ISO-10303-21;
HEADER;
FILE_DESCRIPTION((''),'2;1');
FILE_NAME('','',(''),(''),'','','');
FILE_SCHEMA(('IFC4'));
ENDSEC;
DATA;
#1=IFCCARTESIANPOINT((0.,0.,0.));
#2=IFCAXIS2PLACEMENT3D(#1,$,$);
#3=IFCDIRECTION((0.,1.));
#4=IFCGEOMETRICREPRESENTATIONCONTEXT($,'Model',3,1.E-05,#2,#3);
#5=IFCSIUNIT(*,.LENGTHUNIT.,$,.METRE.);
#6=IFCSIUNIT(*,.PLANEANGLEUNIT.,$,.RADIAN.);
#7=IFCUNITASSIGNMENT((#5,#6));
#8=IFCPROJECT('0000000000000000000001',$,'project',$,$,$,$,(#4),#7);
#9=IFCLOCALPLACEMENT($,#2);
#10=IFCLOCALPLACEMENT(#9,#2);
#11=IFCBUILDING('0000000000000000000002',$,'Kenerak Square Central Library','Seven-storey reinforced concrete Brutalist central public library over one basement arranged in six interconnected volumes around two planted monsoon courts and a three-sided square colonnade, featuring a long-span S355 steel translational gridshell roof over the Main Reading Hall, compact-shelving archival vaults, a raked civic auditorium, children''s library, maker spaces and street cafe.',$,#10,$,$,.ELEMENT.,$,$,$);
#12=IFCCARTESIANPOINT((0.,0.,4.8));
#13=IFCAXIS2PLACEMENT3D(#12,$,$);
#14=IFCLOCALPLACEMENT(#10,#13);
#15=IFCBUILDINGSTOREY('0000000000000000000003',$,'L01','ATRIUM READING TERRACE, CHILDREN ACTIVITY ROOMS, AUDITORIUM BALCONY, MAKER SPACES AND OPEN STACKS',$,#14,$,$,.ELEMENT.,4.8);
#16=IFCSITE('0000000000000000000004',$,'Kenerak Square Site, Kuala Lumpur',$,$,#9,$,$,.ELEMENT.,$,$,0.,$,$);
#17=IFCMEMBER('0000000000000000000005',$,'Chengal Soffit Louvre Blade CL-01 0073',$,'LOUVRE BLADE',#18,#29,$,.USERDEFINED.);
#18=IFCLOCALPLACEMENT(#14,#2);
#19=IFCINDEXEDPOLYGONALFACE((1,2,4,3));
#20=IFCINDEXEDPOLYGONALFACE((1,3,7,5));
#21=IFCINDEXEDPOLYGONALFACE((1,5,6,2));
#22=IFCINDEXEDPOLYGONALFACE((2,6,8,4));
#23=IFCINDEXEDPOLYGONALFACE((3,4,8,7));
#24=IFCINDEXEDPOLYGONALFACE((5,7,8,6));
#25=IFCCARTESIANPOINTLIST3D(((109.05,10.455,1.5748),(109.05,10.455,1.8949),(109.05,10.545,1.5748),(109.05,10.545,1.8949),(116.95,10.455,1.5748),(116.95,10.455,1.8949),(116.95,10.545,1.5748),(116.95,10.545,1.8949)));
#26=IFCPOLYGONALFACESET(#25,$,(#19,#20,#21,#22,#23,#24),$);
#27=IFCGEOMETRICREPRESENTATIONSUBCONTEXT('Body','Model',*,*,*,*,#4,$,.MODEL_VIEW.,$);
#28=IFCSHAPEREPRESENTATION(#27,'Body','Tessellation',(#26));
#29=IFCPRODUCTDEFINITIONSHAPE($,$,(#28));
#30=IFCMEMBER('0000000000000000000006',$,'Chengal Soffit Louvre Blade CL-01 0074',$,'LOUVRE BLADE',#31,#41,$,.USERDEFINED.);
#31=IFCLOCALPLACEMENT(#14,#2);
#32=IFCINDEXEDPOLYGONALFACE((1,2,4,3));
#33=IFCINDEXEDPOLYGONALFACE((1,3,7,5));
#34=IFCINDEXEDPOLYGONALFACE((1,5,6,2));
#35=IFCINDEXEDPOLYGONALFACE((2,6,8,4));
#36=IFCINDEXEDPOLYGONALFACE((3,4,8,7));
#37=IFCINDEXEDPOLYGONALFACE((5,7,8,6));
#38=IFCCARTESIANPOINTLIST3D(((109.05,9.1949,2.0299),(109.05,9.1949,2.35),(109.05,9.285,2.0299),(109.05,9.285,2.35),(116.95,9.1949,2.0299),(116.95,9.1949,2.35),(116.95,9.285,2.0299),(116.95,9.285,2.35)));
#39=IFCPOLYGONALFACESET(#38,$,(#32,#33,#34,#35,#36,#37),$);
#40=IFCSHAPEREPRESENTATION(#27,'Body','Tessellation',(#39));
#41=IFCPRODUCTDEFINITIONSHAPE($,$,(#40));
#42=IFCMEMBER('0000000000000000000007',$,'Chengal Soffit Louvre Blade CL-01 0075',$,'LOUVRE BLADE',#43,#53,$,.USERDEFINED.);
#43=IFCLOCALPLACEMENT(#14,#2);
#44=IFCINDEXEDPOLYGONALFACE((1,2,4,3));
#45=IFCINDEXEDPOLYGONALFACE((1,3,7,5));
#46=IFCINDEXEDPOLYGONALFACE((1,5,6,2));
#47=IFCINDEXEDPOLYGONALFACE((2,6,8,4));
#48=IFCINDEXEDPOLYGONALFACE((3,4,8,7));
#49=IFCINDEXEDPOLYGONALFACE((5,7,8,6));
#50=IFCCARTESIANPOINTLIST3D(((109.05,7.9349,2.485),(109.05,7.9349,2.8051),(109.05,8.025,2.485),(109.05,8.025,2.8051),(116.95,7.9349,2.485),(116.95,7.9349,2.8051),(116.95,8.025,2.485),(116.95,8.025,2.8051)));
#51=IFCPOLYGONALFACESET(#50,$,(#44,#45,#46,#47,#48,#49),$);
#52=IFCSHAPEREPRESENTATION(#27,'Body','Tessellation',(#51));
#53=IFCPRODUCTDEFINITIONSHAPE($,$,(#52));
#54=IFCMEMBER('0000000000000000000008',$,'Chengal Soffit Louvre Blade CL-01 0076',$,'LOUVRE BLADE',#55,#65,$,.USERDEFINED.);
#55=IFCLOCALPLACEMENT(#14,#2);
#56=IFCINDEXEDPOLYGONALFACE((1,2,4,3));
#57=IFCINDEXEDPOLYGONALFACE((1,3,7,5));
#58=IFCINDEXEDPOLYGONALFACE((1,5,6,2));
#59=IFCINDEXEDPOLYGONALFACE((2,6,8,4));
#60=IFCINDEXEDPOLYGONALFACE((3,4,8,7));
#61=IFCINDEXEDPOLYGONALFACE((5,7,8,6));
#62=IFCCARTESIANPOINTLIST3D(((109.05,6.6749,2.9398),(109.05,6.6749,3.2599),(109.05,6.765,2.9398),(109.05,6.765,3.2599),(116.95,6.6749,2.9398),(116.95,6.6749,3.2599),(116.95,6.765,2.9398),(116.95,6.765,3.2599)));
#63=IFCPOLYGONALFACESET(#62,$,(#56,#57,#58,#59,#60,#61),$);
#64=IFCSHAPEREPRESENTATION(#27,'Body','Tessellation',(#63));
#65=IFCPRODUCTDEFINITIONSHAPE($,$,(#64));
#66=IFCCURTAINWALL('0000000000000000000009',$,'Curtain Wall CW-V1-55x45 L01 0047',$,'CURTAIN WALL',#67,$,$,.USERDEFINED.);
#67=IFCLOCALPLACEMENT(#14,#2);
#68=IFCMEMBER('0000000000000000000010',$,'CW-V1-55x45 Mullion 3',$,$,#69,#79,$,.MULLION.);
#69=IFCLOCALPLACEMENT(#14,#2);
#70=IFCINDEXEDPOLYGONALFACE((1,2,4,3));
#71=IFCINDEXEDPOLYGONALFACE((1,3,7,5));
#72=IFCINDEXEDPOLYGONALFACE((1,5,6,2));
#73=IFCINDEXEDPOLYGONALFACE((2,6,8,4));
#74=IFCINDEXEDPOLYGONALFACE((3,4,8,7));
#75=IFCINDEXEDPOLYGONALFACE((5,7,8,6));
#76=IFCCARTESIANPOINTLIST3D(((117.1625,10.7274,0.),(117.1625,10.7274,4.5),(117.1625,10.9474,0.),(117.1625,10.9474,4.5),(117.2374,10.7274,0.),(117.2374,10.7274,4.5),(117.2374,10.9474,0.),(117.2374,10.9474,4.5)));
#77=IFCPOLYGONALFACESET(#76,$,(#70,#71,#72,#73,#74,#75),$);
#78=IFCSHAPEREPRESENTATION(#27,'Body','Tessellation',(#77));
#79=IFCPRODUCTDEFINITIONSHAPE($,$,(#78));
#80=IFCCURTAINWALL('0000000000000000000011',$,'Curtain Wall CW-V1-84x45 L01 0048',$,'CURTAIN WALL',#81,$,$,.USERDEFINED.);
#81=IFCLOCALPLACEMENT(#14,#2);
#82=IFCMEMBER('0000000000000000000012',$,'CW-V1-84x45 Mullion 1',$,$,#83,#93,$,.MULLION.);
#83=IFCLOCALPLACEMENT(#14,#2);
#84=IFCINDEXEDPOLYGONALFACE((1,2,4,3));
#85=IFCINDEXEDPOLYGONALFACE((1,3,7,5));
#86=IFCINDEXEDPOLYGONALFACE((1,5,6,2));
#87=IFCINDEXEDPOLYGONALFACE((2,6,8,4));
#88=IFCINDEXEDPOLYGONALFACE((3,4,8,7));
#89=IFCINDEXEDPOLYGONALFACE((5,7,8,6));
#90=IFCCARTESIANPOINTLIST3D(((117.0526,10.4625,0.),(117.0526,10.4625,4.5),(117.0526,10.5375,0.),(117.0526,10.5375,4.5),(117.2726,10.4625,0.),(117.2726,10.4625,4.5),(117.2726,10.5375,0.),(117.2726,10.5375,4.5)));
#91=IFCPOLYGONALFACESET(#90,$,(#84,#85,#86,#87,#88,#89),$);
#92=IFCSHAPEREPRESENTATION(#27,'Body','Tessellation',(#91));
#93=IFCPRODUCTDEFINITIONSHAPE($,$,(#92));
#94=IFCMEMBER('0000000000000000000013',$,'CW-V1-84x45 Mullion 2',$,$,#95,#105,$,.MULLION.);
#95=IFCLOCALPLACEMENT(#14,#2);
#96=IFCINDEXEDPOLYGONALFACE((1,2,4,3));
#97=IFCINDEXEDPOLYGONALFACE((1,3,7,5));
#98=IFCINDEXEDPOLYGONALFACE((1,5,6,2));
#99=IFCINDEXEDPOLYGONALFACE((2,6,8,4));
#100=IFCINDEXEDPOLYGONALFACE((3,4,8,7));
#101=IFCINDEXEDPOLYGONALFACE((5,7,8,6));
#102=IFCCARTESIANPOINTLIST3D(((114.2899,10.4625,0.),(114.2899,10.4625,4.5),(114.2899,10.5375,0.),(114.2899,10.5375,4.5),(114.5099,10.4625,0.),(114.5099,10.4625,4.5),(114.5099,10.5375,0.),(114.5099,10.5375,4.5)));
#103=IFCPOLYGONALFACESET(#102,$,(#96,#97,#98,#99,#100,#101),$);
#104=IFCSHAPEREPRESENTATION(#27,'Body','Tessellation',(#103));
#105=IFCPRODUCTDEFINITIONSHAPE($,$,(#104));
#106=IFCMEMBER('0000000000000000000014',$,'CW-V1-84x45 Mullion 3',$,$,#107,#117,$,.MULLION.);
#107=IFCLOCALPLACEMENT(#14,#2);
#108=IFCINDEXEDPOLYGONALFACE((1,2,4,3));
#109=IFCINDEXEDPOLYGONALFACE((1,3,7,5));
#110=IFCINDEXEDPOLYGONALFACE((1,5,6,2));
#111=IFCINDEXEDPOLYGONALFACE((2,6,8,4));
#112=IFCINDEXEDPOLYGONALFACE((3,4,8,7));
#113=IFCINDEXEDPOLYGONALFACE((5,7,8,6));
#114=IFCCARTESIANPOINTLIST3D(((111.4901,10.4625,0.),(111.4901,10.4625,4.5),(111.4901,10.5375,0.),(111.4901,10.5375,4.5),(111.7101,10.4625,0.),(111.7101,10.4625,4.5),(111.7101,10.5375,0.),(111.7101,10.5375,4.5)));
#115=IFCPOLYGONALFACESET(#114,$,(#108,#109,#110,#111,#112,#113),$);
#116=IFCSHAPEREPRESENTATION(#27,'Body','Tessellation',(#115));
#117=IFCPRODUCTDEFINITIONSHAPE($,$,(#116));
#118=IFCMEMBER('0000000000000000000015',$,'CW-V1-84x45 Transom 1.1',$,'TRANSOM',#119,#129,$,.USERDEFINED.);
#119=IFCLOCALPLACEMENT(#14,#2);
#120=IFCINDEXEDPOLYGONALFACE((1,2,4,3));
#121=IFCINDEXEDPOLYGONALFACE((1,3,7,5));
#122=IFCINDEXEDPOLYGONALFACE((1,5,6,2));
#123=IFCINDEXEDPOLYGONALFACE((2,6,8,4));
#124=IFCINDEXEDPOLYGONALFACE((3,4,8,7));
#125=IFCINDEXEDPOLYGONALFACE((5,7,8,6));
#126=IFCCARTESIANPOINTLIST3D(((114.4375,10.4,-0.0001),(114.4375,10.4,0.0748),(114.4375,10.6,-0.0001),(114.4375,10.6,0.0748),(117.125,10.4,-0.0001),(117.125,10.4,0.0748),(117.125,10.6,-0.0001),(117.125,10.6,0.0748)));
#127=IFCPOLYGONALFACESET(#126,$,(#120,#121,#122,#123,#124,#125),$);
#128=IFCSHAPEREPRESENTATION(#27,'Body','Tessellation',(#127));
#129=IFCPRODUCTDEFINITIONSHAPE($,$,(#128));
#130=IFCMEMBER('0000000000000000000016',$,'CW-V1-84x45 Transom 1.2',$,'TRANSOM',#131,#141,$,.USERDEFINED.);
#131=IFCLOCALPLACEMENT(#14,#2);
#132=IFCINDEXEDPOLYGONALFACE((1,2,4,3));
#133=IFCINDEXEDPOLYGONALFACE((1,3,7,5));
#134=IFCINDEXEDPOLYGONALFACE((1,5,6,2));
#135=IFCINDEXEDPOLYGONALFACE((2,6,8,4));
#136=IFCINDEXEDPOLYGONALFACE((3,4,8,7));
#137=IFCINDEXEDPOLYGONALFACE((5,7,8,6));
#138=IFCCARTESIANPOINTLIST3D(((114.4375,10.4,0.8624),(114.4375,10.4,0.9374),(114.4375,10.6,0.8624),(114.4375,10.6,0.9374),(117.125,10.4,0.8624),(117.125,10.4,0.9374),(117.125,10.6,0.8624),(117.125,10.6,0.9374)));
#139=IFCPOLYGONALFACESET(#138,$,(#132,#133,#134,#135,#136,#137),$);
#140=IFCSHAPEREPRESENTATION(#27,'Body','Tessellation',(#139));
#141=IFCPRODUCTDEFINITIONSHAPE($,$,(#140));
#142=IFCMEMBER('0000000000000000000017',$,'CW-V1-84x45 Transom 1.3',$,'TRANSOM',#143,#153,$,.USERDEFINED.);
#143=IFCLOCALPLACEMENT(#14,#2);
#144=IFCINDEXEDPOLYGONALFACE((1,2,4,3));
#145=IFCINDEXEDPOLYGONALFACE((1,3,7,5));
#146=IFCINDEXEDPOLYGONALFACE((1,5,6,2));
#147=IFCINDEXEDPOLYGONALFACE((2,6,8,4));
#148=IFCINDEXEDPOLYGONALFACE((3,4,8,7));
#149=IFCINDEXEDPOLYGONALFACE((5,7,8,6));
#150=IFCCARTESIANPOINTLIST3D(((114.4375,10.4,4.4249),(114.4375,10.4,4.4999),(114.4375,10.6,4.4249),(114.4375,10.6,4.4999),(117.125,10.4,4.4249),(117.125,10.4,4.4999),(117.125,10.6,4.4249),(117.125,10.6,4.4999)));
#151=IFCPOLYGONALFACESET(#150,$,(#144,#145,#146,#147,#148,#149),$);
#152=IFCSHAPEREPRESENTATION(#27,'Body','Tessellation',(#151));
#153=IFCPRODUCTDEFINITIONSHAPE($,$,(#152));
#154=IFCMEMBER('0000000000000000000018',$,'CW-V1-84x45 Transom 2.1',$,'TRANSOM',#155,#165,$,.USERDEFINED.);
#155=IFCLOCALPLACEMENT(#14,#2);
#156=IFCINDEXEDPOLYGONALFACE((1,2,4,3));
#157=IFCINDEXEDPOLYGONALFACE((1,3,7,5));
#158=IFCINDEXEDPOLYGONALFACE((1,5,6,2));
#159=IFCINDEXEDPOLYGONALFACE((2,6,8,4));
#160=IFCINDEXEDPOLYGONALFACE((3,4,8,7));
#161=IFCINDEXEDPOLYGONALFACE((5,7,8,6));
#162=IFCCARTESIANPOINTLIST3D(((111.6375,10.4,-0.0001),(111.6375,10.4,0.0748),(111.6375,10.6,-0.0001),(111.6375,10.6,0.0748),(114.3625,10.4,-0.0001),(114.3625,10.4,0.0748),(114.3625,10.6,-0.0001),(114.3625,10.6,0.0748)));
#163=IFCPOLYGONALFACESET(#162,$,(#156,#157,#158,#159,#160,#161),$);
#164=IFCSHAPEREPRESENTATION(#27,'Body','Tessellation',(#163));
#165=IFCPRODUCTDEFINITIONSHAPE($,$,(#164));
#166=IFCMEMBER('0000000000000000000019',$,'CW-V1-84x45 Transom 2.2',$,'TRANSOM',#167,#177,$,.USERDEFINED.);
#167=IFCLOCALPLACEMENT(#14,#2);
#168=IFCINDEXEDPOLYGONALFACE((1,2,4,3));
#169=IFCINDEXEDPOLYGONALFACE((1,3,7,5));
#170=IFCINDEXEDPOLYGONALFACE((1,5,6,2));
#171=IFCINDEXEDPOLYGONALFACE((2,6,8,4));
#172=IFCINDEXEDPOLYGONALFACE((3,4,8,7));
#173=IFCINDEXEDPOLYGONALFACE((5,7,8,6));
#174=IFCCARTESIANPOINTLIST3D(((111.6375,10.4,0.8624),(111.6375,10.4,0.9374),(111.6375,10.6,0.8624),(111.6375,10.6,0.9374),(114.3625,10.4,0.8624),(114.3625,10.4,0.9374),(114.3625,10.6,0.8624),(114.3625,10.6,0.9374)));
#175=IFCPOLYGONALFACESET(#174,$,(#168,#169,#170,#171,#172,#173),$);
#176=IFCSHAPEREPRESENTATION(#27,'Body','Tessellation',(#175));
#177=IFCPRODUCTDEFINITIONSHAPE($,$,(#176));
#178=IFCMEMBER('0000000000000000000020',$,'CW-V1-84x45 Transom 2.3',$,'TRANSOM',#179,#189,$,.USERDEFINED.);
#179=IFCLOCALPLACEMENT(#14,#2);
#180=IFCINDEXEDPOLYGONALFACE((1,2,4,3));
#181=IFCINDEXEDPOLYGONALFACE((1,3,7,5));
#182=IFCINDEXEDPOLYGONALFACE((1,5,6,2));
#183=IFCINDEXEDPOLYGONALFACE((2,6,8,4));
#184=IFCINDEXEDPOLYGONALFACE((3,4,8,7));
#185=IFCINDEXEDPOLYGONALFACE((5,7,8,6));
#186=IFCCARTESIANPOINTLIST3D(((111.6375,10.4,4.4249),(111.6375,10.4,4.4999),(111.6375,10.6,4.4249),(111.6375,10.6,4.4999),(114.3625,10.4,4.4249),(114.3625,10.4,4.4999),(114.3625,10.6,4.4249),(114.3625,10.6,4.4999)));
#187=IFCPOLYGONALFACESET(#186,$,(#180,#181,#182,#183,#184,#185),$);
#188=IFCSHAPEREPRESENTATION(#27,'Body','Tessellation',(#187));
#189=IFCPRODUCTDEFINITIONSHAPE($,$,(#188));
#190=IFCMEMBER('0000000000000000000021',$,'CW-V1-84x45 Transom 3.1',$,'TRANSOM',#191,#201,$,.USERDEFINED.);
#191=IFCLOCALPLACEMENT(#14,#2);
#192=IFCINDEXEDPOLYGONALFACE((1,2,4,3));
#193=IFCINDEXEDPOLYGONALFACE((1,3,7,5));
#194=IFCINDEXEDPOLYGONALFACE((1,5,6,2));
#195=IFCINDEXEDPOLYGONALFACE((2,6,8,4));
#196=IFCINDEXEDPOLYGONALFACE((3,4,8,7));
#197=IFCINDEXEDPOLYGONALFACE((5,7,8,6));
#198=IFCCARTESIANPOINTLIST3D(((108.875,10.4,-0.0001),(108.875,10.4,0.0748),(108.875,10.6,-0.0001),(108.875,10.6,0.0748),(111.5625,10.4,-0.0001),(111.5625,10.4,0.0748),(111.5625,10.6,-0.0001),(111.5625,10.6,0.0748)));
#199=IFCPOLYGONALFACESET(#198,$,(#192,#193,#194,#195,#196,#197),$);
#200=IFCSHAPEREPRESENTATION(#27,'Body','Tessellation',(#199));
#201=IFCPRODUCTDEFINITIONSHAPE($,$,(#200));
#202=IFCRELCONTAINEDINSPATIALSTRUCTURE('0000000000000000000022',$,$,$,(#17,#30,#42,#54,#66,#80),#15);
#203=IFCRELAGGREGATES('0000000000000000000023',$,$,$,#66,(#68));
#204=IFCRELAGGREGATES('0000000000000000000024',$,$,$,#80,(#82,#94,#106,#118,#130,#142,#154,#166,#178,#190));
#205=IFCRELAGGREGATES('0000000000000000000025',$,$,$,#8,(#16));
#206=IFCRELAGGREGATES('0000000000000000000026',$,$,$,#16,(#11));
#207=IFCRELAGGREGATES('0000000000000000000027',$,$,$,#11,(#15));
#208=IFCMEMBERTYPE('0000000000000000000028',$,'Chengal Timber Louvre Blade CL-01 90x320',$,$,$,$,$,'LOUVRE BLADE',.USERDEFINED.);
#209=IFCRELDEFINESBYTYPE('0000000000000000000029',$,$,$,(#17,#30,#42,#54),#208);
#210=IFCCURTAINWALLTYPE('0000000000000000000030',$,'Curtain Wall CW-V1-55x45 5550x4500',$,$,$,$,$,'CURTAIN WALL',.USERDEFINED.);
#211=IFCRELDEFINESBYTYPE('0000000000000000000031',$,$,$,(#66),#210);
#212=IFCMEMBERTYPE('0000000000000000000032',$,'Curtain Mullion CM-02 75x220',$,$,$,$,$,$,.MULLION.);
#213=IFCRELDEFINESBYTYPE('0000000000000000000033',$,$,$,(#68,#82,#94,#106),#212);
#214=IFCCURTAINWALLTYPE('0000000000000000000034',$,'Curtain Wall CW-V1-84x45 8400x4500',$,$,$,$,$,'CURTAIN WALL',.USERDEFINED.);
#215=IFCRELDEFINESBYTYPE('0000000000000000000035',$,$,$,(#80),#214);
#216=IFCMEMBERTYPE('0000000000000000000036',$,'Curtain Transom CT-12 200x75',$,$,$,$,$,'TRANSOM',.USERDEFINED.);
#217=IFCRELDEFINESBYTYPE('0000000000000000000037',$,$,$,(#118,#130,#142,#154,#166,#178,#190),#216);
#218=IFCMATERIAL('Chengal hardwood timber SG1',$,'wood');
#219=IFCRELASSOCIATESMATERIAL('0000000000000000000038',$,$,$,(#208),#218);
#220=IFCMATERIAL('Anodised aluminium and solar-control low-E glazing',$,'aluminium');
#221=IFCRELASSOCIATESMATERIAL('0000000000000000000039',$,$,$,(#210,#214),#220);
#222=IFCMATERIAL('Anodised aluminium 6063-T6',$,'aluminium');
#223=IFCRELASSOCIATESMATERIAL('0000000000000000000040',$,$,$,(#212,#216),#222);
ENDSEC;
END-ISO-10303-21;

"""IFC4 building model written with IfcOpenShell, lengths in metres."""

from ifc_helpers import new_model, si_unit, direction, frame, origin, origin_2d, place, context, subcontext, project, spatial, rectangle, extrude, material, material_profile, profile_set, type_object, element, aggregate, save


model = new_model("IFC4")

# Units and contexts
model_context = context("Model", 3, precision=1e-05, world=origin(), true_north=direction((0.0, 1.0)))
body_context = subcontext(model_context, "Body", "Model", "MODEL_VIEW")
ifc_project = project(units=[si_unit("LENGTHUNIT", "METRE"), si_unit("PLANEANGLEUNIT", "RADIAN")], contexts=[model_context])

# Site, building, storey
site_placement = place(None, origin())
site = spatial("IfcSite", under=ifc_project, at=site_placement, Name="Kenerak Square Site, Kuala Lumpur", CompositionType="ELEMENT", RefElevation=0.0)
building_placement = place(site_placement, origin())
building = spatial("IfcBuilding", under=site, at=building_placement, Name="Kenerak Square Central Library", Description="Seven-storey reinforced concrete Brutalist central public library over one basement arranged in six interconnected volumes around two planted monsoon courts and a three-sided square colonnade, featuring a long-span S355 steel translational gridshell roof over the Main Reading Hall, compact-shelving archival vaults, a raked civic auditorium, children's library, maker spaces and street cafe.", CompositionType="ELEMENT")
storey_placement = place(building_placement, frame((0.0, 0.0, 4.8)))
storey = spatial("IfcBuildingStorey", under=building, at=storey_placement, Name="L01", Description="ATRIUM READING TERRACE, CHILDREN ACTIVITY ROOMS, AUDITORIUM BALCONY, MAKER SPACES AND OPEN STACKS", CompositionType="ELEMENT", Elevation=4.8)

# Members
ifc_material_1 = material(Name="Chengal hardwood timber SG1", Category="wood")
ifc_material_profile_1 = material_profile(ifc_material_1, rectangle(XDim=0.0901, YDim=0.3201, at=origin_2d()), Name="CHENGAL 90x320")
ifc_profile_set_1 = profile_set([ifc_material_profile_1], Name="Chengal hardwood timber SG1")
member_type_1 = type_object("IfcMemberType", Name="Chengal Timber Louvre Blade CL-01 90x320", ElementType="LOUVRE BLADE", PredefinedType="USERDEFINED", material=ifc_profile_set_1)
for number, where, z_axis, x_axis, name in (
    (1, (109.05, 10.5, 1.7349), (1.0, 0.0, 0.0), (0.0, 1.0, 0.0), "Chengal Soffit Louvre Blade CL-01 0073"),
    (2, (109.05, 9.24, 2.1899), (1.0, 0.0, 0.0), (0.0, 1.0, 0.0), "Chengal Soffit Louvre Blade CL-01 0074"),
    (3, (109.05, 7.98, 2.645), (1.0, 0.0, 0.0), (0.0, 1.0, 0.0), "Chengal Soffit Louvre Blade CL-01 0075"),
    (4, (109.05, 6.72, 3.0999), (1.0, 0.0, 0.0), (0.0, 1.0, 0.0), "Chengal Soffit Louvre Blade CL-01 0076"),
):
    element("IfcMember", number, at=place(storey_placement, frame(where, z_axis=z_axis, x_axis=x_axis)), inside=storey, type_object=member_type_1, Name=name, ObjectType="LOUVRE BLADE", PredefinedType="USERDEFINED", context=body_context, shape_type="SweptSolid", body=[
        extrude(rectangle(XDim=0.0901, YDim=0.3201, at=origin_2d()), origin(), (0.0, 0.0, 1.0), 7.8999),
    ])

# Curtain wall, member
ifc_material_2 = material(Name="Anodised aluminium and solar-control low-E glazing", Category="aluminium")
curtain_wall_type_1 = type_object("IfcCurtainWallType", Name="Curtain Wall CW-V1-55x45 5550x4500", ElementType="CURTAIN WALL", PredefinedType="USERDEFINED", material=ifc_material_2)
curtain_wall_1_placement = place(storey_placement, origin())
curtain_wall_1 = element("IfcCurtainWall", 5, at=curtain_wall_1_placement, inside=storey, type_object=curtain_wall_type_1, Name="Curtain Wall CW-V1-55x45 L01 0047", ObjectType="CURTAIN WALL", PredefinedType="USERDEFINED")
ifc_material_3 = material(Name="Anodised aluminium 6063-T6", Category="aluminium")
ifc_material_profile_2 = material_profile(ifc_material_3, rectangle(XDim=0.075, YDim=0.22, at=origin_2d()), Name="AL MULLION 75x220")
ifc_profile_set_2 = profile_set([ifc_material_profile_2], Name="Anodised aluminium 6063-T6")
member_type_2 = type_object("IfcMemberType", Name="Curtain Mullion CM-02 75x220", PredefinedType="MULLION", material=ifc_profile_set_2)
member_1_placement = place(storey_placement, frame((117.2, 10.8374, 0.0), z_axis=(0.0, 0.0, 1.0), x_axis=(1.0, 0.0, 0.0)))
member_1 = element("IfcMember", 6, at=member_1_placement, type_object=member_type_2, Name="CW-V1-55x45 Mullion 3", PredefinedType="MULLION", context=body_context, shape_type="SweptSolid", body=[
    extrude(rectangle(XDim=0.075, YDim=0.22, at=origin_2d()), origin(), (0.0, 0.0, 1.0), 4.5),
])
aggregate(curtain_wall_1, [member_1])

# Curtain wall, members
curtain_wall_type_2 = type_object("IfcCurtainWallType", Name="Curtain Wall CW-V1-84x45 8400x4500", ElementType="CURTAIN WALL", PredefinedType="USERDEFINED", material=ifc_material_2)
curtain_wall_2_placement = place(storey_placement, origin())
curtain_wall_2 = element("IfcCurtainWall", 7, at=curtain_wall_2_placement, inside=storey, type_object=curtain_wall_type_2, Name="Curtain Wall CW-V1-84x45 L01 0048", ObjectType="CURTAIN WALL", PredefinedType="USERDEFINED")
member_2_placement = place(storey_placement, frame((117.1626, 10.5, 0.0), z_axis=(0.0, 0.0, 1.0), x_axis=(0.0, -1.0, 0.0)))
member_2 = element("IfcMember", 8, at=member_2_placement, type_object=member_type_2, Name="CW-V1-84x45 Mullion 1", PredefinedType="MULLION", context=body_context, shape_type="SweptSolid", body=[
    extrude(rectangle(XDim=0.075, YDim=0.22, at=origin_2d()), origin(), (0.0, 0.0, 1.0), 4.5),
])
member_3_placement = place(storey_placement, frame((114.3999, 10.5, 0.0), z_axis=(0.0, 0.0, 1.0), x_axis=(0.0, -1.0, 0.0)))
member_3 = element("IfcMember", 9, at=member_3_placement, type_object=member_type_2, Name="CW-V1-84x45 Mullion 2", PredefinedType="MULLION", context=body_context, shape_type="SweptSolid", body=[
    extrude(rectangle(XDim=0.075, YDim=0.22, at=origin_2d()), origin(), (0.0, 0.0, 1.0), 4.5),
])
member_4_placement = place(storey_placement, frame((111.6001, 10.5, 0.0), z_axis=(0.0, 0.0, 1.0), x_axis=(0.0, -1.0, 0.0)))
member_4 = element("IfcMember", 10, at=member_4_placement, type_object=member_type_2, Name="CW-V1-84x45 Mullion 3", PredefinedType="MULLION", context=body_context, shape_type="SweptSolid", body=[
    extrude(rectangle(XDim=0.075, YDim=0.22, at=origin_2d()), origin(), (0.0, 0.0, 1.0), 4.5),
])
ifc_material_profile_3 = material_profile(ifc_material_3, rectangle(XDim=0.2, YDim=0.075, at=origin_2d()), Name="AL TRANSOM 200x75")
ifc_profile_set_3 = profile_set([ifc_material_profile_3], Name="Anodised aluminium 6063-T6")
member_type_3 = type_object("IfcMemberType", Name="Curtain Transom CT-12 200x75", ElementType="TRANSOM", PredefinedType="USERDEFINED", material=ifc_profile_set_3)
member_5_placement = place(storey_placement, frame((117.125, 10.5, 0.0374), z_axis=(-1.0, 0.0, 0.0), x_axis=(0.0, -1.0, 0.0)))
member_5 = element("IfcMember", 11, at=member_5_placement, type_object=member_type_3, Name="CW-V1-84x45 Transom 1.1", ObjectType="TRANSOM", PredefinedType="USERDEFINED", context=body_context, shape_type="SweptSolid", body=[
    extrude(rectangle(XDim=0.2, YDim=0.075, at=origin_2d()), origin(), (0.0, 0.0, 1.0), 2.6875),
])
member_6_placement = place(storey_placement, frame((117.125, 10.5, 0.8999), z_axis=(-1.0, 0.0, 0.0), x_axis=(0.0, -1.0, 0.0)))
member_6 = element("IfcMember", 12, at=member_6_placement, type_object=member_type_3, Name="CW-V1-84x45 Transom 1.2", ObjectType="TRANSOM", PredefinedType="USERDEFINED", context=body_context, shape_type="SweptSolid", body=[
    extrude(rectangle(XDim=0.2, YDim=0.075, at=origin_2d()), origin(), (0.0, 0.0, 1.0), 2.6875),
])
member_7_placement = place(storey_placement, frame((117.125, 10.5, 4.4624), z_axis=(-1.0, 0.0, 0.0), x_axis=(0.0, -1.0, 0.0)))
member_7 = element("IfcMember", 13, at=member_7_placement, type_object=member_type_3, Name="CW-V1-84x45 Transom 1.3", ObjectType="TRANSOM", PredefinedType="USERDEFINED", context=body_context, shape_type="SweptSolid", body=[
    extrude(rectangle(XDim=0.2, YDim=0.075, at=origin_2d()), origin(), (0.0, 0.0, 1.0), 2.6875),
])
member_8_placement = place(storey_placement, frame((114.3625, 10.5, 0.0374), z_axis=(-1.0, 0.0, 0.0), x_axis=(0.0, -1.0, 0.0)))
member_8 = element("IfcMember", 14, at=member_8_placement, type_object=member_type_3, Name="CW-V1-84x45 Transom 2.1", ObjectType="TRANSOM", PredefinedType="USERDEFINED", context=body_context, shape_type="SweptSolid", body=[
    extrude(rectangle(XDim=0.2, YDim=0.075, at=origin_2d()), origin(), (0.0, 0.0, 1.0), 2.7251),
])
member_9_placement = place(storey_placement, frame((114.3625, 10.5, 0.8999), z_axis=(-1.0, 0.0, 0.0), x_axis=(0.0, -1.0, 0.0)))
member_9 = element("IfcMember", 15, at=member_9_placement, type_object=member_type_3, Name="CW-V1-84x45 Transom 2.2", ObjectType="TRANSOM", PredefinedType="USERDEFINED", context=body_context, shape_type="SweptSolid", body=[
    extrude(rectangle(XDim=0.2, YDim=0.075, at=origin_2d()), origin(), (0.0, 0.0, 1.0), 2.7251),
])
member_10_placement = place(storey_placement, frame((114.3625, 10.5, 4.4624), z_axis=(-1.0, 0.0, 0.0), x_axis=(0.0, -1.0, 0.0)))
member_10 = element("IfcMember", 16, at=member_10_placement, type_object=member_type_3, Name="CW-V1-84x45 Transom 2.3", ObjectType="TRANSOM", PredefinedType="USERDEFINED", context=body_context, shape_type="SweptSolid", body=[
    extrude(rectangle(XDim=0.2, YDim=0.075, at=origin_2d()), origin(), (0.0, 0.0, 1.0), 2.7251),
])
member_11_placement = place(storey_placement, frame((111.5625, 10.5, 0.0374), z_axis=(-1.0, 0.0, 0.0), x_axis=(0.0, -1.0, 0.0)))
member_11 = element("IfcMember", 17, at=member_11_placement, type_object=member_type_3, Name="CW-V1-84x45 Transom 3.1", ObjectType="TRANSOM", PredefinedType="USERDEFINED", context=body_context, shape_type="SweptSolid", body=[
    extrude(rectangle(XDim=0.2, YDim=0.075, at=origin_2d()), origin(), (0.0, 0.0, 1.0), 2.6875),
])

aggregate(curtain_wall_2, [member_2, member_3, member_4, member_5, member_6, member_7, member_8, member_9, member_10, member_11])

save(model, "model.ifc")
